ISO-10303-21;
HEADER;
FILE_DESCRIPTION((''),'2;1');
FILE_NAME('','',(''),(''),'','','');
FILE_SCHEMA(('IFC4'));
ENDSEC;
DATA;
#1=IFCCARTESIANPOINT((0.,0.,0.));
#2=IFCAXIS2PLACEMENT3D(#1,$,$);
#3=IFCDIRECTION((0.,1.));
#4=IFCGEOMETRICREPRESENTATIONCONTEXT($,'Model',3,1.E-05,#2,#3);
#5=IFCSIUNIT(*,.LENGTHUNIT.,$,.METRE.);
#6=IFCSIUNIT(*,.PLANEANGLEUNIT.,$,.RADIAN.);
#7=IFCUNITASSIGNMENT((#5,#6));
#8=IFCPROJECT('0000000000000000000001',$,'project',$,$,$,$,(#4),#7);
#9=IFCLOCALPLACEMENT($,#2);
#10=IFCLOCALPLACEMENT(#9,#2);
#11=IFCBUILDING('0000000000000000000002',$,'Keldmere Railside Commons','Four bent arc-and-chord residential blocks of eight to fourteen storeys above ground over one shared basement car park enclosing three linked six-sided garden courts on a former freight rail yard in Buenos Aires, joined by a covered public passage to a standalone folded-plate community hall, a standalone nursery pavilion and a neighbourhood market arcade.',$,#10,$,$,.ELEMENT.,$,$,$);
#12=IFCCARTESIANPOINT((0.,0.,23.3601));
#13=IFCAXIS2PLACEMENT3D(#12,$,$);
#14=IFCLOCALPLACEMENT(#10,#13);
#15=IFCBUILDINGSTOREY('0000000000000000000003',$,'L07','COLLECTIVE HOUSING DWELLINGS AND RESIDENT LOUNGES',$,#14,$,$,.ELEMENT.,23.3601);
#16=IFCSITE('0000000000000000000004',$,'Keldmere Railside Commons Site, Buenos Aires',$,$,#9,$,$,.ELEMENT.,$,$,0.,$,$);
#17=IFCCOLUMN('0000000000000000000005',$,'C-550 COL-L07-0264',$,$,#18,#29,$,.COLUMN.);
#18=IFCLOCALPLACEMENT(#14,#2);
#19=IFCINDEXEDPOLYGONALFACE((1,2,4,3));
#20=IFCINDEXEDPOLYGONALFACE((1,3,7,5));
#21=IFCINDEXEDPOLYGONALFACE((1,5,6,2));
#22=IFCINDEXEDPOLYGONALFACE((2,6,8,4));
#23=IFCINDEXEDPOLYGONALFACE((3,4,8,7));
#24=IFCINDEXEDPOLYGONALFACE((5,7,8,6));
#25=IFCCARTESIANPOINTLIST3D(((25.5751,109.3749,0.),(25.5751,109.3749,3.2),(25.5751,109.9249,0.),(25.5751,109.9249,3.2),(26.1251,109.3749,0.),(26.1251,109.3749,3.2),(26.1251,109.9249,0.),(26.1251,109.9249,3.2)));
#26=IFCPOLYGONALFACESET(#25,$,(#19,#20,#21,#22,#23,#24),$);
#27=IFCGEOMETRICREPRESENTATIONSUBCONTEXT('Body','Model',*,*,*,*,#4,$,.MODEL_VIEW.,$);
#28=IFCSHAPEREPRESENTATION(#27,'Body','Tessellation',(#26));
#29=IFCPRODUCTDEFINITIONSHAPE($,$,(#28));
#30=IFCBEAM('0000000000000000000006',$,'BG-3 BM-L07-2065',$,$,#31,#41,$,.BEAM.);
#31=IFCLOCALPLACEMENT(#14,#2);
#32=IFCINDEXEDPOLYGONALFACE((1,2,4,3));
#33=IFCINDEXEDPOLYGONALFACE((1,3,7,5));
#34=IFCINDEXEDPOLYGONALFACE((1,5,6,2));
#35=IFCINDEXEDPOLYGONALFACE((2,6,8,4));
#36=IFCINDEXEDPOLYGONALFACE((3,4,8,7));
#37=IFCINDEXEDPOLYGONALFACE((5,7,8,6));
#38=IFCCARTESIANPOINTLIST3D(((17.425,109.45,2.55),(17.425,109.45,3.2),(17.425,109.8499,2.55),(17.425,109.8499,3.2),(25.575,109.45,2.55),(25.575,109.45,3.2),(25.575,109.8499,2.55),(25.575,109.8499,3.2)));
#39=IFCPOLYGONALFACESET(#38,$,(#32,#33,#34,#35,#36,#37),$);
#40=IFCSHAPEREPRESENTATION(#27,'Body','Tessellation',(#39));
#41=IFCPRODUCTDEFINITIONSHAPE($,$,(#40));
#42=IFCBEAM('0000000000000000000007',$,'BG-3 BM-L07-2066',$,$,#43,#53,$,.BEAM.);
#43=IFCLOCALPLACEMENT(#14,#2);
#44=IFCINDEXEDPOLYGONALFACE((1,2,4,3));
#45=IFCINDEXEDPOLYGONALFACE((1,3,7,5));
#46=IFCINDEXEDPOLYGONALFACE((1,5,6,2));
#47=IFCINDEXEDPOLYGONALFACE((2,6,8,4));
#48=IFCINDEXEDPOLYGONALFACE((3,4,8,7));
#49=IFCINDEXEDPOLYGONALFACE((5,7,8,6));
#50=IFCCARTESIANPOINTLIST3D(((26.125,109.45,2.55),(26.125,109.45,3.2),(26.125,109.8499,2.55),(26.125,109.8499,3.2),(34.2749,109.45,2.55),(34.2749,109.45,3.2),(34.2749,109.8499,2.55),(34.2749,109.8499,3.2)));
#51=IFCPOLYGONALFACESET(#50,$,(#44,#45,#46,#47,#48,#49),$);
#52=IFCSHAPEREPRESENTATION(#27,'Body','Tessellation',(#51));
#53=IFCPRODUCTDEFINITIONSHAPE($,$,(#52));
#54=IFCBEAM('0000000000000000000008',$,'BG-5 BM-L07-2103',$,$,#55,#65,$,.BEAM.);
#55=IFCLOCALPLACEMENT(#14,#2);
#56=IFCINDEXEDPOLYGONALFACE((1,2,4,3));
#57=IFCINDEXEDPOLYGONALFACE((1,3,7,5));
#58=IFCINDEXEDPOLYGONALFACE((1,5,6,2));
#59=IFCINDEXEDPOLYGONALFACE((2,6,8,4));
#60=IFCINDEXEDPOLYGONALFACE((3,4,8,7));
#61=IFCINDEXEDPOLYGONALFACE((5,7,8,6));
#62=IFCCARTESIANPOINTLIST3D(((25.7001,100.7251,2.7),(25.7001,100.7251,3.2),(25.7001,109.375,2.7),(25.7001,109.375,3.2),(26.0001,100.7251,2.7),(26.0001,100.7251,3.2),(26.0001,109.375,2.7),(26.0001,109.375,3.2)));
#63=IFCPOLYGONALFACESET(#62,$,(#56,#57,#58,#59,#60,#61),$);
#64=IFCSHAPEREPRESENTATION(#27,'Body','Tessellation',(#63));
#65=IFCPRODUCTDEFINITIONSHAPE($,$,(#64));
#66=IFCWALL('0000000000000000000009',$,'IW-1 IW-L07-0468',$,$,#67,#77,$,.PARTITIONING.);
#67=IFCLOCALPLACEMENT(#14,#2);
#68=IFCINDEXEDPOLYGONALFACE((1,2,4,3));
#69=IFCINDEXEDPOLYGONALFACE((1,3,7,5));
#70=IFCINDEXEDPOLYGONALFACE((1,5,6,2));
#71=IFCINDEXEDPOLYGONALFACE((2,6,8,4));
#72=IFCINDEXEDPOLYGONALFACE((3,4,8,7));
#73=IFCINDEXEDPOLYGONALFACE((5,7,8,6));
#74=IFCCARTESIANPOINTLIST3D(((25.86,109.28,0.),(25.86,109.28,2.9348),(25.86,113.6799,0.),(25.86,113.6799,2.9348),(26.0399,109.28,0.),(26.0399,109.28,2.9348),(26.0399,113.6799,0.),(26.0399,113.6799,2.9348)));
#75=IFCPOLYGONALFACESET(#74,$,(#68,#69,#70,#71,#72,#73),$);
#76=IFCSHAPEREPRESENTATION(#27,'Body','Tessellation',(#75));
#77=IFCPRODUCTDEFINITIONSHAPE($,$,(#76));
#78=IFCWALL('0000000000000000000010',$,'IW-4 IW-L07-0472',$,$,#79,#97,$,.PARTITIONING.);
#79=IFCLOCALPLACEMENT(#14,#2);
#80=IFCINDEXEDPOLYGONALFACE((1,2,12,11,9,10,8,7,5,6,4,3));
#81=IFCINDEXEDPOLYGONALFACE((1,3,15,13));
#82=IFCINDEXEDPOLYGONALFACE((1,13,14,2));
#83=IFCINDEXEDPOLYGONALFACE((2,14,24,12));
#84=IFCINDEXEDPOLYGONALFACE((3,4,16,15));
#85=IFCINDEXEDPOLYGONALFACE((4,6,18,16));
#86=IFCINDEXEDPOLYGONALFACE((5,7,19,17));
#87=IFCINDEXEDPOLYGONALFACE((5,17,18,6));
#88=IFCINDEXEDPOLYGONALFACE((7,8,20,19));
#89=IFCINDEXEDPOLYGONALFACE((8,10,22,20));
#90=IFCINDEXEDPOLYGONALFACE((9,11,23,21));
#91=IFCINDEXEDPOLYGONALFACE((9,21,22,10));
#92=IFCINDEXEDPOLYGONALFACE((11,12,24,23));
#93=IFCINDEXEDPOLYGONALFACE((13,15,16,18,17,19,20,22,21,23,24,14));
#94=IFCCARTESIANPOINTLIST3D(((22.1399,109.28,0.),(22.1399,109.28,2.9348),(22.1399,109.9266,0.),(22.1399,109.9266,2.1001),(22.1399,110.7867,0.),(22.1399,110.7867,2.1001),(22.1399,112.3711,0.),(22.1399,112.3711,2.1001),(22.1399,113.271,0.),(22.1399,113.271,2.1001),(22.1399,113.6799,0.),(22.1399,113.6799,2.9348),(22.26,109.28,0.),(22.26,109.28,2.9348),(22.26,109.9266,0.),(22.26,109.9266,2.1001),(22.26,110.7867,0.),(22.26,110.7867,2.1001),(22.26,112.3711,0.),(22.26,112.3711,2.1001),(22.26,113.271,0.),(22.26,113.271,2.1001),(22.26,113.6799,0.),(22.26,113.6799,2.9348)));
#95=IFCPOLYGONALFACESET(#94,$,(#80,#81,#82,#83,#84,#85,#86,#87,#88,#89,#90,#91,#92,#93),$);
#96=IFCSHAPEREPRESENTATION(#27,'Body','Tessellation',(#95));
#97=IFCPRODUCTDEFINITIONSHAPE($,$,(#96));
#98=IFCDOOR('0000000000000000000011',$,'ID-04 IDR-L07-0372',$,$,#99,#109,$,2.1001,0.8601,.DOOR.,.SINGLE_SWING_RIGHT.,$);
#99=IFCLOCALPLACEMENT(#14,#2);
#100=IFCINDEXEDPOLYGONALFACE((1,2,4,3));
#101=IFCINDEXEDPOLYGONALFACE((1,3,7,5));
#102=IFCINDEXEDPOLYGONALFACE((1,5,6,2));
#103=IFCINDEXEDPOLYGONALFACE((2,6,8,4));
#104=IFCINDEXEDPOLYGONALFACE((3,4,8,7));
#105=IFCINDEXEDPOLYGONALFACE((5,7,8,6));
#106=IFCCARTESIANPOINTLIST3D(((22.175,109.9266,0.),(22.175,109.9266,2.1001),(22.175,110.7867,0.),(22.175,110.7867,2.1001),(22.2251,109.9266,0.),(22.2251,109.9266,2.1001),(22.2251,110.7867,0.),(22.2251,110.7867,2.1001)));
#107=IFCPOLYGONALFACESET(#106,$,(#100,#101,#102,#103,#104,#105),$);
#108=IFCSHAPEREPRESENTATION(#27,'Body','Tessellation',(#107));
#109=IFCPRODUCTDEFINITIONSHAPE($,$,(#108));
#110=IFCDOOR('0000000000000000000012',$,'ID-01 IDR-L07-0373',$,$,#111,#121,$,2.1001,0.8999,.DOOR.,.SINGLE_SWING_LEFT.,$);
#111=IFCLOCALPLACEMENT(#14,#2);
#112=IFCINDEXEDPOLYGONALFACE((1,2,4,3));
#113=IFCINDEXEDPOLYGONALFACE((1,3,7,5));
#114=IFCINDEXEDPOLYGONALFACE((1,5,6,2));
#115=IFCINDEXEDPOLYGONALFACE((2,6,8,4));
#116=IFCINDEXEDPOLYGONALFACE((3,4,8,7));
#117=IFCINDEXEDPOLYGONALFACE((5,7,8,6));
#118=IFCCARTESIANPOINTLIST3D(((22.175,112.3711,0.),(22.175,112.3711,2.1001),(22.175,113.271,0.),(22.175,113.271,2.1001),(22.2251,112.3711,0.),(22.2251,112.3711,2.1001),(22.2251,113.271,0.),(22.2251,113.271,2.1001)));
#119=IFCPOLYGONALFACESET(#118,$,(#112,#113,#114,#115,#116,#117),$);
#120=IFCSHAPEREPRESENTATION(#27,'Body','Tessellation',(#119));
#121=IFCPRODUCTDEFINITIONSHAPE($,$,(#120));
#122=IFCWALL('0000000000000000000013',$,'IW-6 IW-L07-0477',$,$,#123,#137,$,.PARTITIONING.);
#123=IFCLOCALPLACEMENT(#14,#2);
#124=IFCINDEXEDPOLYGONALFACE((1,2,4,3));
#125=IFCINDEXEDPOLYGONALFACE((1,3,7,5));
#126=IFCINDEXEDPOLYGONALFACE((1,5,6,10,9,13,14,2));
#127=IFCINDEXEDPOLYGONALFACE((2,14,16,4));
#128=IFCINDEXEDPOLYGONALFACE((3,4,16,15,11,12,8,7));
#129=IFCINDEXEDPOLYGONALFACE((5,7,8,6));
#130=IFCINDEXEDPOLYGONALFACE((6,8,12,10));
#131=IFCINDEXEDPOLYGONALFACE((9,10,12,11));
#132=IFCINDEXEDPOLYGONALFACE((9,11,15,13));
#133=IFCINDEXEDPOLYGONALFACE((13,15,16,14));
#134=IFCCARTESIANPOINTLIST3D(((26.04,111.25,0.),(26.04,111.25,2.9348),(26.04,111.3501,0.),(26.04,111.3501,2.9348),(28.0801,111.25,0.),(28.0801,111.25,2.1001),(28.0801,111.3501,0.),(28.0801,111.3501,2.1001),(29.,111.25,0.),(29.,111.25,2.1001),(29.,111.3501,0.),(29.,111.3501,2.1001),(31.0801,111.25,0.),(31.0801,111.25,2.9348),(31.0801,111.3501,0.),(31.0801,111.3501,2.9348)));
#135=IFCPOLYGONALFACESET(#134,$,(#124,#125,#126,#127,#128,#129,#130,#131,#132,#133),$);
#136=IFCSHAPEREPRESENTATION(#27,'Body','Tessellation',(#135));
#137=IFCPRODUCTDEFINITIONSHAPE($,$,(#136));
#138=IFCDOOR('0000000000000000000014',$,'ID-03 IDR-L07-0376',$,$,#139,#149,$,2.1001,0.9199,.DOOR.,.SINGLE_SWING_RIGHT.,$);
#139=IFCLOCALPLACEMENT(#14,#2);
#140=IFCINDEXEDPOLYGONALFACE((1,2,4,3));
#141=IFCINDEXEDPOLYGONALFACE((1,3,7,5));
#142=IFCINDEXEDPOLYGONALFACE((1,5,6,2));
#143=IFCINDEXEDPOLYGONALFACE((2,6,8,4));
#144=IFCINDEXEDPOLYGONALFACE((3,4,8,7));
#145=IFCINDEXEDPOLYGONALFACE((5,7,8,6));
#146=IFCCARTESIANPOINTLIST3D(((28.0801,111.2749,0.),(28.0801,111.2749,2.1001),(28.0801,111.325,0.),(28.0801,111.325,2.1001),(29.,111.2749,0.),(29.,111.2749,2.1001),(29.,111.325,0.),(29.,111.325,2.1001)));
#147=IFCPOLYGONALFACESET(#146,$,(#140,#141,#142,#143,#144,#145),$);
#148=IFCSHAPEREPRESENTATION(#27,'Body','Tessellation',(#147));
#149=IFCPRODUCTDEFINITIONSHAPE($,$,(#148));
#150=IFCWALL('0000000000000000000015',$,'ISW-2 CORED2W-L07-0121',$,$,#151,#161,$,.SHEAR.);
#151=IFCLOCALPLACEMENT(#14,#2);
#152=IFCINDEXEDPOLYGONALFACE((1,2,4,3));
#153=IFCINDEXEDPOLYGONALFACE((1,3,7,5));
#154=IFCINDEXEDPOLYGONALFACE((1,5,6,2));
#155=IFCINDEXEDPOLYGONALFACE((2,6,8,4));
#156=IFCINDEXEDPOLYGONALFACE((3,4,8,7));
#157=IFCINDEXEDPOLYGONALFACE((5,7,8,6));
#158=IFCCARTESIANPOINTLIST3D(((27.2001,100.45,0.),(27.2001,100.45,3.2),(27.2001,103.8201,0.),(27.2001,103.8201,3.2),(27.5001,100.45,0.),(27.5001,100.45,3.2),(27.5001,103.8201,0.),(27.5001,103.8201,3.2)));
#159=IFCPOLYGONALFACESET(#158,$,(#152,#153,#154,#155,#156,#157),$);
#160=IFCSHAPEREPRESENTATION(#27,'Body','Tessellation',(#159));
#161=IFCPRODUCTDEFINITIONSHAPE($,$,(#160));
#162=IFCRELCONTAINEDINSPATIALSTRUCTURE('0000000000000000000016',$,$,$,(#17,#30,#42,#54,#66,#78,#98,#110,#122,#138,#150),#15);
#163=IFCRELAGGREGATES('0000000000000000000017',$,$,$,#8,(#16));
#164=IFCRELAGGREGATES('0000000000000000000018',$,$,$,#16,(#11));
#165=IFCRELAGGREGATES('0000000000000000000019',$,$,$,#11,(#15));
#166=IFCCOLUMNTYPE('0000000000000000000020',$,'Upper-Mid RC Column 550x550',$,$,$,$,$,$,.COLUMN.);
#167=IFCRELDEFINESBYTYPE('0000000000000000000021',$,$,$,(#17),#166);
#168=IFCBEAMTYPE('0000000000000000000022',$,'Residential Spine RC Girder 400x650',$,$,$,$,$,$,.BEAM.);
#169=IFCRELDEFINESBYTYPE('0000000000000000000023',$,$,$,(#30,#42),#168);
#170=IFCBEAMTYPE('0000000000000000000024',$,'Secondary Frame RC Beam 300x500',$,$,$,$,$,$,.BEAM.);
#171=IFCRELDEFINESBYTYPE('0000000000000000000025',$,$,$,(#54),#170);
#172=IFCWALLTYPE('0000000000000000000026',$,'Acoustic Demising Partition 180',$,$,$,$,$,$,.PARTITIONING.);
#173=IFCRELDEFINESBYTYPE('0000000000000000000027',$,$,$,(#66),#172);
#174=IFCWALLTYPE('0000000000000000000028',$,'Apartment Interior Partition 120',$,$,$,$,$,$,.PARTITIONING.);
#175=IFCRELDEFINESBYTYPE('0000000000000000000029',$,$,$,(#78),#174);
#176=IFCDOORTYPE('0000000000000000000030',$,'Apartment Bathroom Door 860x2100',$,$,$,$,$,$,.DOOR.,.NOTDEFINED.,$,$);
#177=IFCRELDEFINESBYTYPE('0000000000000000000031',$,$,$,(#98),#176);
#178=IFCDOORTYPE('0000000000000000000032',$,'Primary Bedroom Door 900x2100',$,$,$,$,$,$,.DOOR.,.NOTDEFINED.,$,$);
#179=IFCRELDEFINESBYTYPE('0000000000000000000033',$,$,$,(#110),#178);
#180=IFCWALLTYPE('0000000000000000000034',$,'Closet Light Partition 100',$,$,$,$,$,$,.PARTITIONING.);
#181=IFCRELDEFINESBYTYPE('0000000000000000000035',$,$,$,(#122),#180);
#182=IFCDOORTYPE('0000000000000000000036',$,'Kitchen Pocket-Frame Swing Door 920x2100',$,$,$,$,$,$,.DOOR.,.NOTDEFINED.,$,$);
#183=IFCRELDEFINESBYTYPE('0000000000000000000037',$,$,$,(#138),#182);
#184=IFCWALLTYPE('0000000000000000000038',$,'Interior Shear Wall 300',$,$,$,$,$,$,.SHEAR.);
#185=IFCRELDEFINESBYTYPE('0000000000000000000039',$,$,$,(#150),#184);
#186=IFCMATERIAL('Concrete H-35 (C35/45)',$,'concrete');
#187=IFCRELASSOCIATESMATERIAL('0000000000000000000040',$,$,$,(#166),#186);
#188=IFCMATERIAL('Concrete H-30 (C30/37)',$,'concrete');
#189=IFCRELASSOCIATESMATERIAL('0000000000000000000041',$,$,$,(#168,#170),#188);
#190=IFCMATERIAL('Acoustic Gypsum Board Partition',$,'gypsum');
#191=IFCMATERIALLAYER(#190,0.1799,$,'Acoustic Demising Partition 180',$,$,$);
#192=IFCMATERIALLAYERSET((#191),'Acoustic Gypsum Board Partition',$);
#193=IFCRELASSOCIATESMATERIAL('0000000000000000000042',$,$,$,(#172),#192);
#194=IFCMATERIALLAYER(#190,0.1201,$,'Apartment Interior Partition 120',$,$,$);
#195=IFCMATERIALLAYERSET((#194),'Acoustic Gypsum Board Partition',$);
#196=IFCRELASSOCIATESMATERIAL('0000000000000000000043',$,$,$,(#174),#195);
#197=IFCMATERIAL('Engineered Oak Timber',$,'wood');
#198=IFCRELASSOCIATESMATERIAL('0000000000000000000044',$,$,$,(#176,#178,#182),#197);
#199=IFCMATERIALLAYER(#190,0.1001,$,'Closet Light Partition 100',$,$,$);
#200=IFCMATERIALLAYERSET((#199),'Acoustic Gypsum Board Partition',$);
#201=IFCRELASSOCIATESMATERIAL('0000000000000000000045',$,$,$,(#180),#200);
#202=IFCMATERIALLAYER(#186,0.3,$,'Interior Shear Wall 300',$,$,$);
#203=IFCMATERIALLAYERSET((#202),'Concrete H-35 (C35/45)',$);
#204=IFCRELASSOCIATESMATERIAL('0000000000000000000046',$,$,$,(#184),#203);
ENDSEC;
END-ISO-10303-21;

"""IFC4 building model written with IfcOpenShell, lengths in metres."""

from ifc_helpers import new_model, si_unit, direction, frame, frame_2d, origin, origin_2d, place, context, subcontext, project, spatial, rectangle, extrude, material, layer, layer_set, material_profile, profile_set, type_object, element, fill, save


model = new_model("IFC4")

# Units and contexts
model_context = context("Model", 3, precision=1e-05, world=origin(), true_north=direction((0.0, 1.0)))
body_context = subcontext(model_context, "Body", "Model", "MODEL_VIEW")
ifc_project = project(units=[si_unit("LENGTHUNIT", "METRE"), si_unit("PLANEANGLEUNIT", "RADIAN")], contexts=[model_context])

# Site, building, storey
site_placement = place(None, origin())
site = spatial("IfcSite", under=ifc_project, at=site_placement, Name="Keldmere Railside Commons Site, Buenos Aires", CompositionType="ELEMENT", RefElevation=0.0)
building_placement = place(site_placement, origin())
building = spatial("IfcBuilding", under=site, at=building_placement, Name="Keldmere Railside Commons", Description="Four bent arc-and-chord residential blocks of eight to fourteen storeys above ground over one shared basement car park enclosing three linked six-sided garden courts on a former freight rail yard in Buenos Aires, joined by a covered public passage to a standalone folded-plate community hall, a standalone nursery pavilion and a neighbourhood market arcade.", CompositionType="ELEMENT")
storey_placement = place(building_placement, frame((0.0, 0.0, 23.3601)))
storey = spatial("IfcBuildingStorey", under=building, at=storey_placement, Name="L07", Description="COLLECTIVE HOUSING DWELLINGS AND RESIDENT LOUNGES", CompositionType="ELEMENT", Elevation=23.3601)

# Column
ifc_material_1 = material(Name="Concrete H-35 (C35/45)", Category="concrete")
ifc_material_profile_1 = material_profile(ifc_material_1, rectangle(XDim=0.55, YDim=0.55, at=origin_2d()), Name="RC-550x550")
ifc_profile_set_1 = profile_set([ifc_material_profile_1], Name="Concrete H-35 (C35/45)")
column_type = type_object("IfcColumnType", Name="Upper-Mid RC Column 550x550", PredefinedType="COLUMN", material=ifc_profile_set_1)
column_placement = place(storey_placement, frame((25.8501, 109.6499, 0.0), z_axis=(0.0, 0.0, 1.0), x_axis=(1.0, 0.0, 0.0)))
element("IfcColumn", 1, at=column_placement, inside=storey, type_object=column_type, Name="C-550 COL-L07-0264", PredefinedType="COLUMN", context=body_context, shape_type="SweptSolid", body=[
    extrude(rectangle(XDim=0.55, YDim=0.55, at=origin_2d()), origin(), (0.0, 0.0, 1.0), 3.2),
])

# Beams
ifc_material_2 = material(Name="Concrete H-30 (C30/37)", Category="concrete")
ifc_material_profile_2 = material_profile(ifc_material_2, rectangle(XDim=0.3999, YDim=0.6499, at=origin_2d()), Name="RC-400x650")
ifc_profile_set_2 = profile_set([ifc_material_profile_2], Name="Concrete H-30 (C30/37)")
beam_type_1 = type_object("IfcBeamType", Name="Residential Spine RC Girder 400x650", PredefinedType="BEAM", material=ifc_profile_set_2)
for number, where, z_axis, x_axis, name in (
    (2, (17.425, 109.6499, 2.875), (1.0, 0.0, 0.0), (0.0, 1.0, 0.0), "BG-3 BM-L07-2065"),
    (3, (26.125, 109.6499, 2.875), (1.0, 0.0, 0.0), (0.0, 1.0, 0.0), "BG-3 BM-L07-2066"),
):
    element("IfcBeam", number, at=place(storey_placement, frame(where, z_axis=z_axis, x_axis=x_axis)), inside=storey, type_object=beam_type_1, Name=name, PredefinedType="BEAM", context=body_context, shape_type="SweptSolid", body=[
        extrude(rectangle(XDim=0.3999, YDim=0.6499, at=origin_2d()), origin(), (0.0, 0.0, 1.0), 8.1499),
    ])
ifc_material_profile_3 = material_profile(ifc_material_2, rectangle(XDim=0.3, YDim=0.5, at=origin_2d()), Name="RC-300x500")
ifc_profile_set_3 = profile_set([ifc_material_profile_3], Name="Concrete H-30 (C30/37)")
beam_type_2 = type_object("IfcBeamType", Name="Secondary Frame RC Beam 300x500", PredefinedType="BEAM", material=ifc_profile_set_3)
beam_placement = place(storey_placement, frame((25.8501, 100.7251, 2.95), z_axis=(0.0, 1.0, 0.0), x_axis=(-1.0, 0.0, 0.0)))
element("IfcBeam", 4, at=beam_placement, inside=storey, type_object=beam_type_2, Name="BG-5 BM-L07-2103", PredefinedType="BEAM", context=body_context, shape_type="SweptSolid", body=[
    extrude(rectangle(XDim=0.3, YDim=0.5, at=origin_2d()), origin(), (0.0, 0.0, 1.0), 8.6499),
])

# Wall
ifc_material_3 = material(Name="Acoustic Gypsum Board Partition", Category="gypsum")
ifc_layer_1 = layer(ifc_material_3, 0.1799, Name="Acoustic Demising Partition 180")
ifc_layer_set_1 = layer_set([ifc_layer_1], Name="Acoustic Gypsum Board Partition")
wall_type_1 = type_object("IfcWallType", Name="Acoustic Demising Partition 180", PredefinedType="PARTITIONING", material=ifc_layer_set_1)
wall_1_placement = place(storey_placement, frame((25.95, 109.28, 0.0), z_axis=(0.0, 0.0, 1.0), x_axis=(0.0, 1.0, 0.0)))
element("IfcWall", 5, at=wall_1_placement, inside=storey, type_object=wall_type_1, Name="IW-1 IW-L07-0468", PredefinedType="PARTITIONING", context=body_context, shape_type="SweptSolid", body=[
    extrude(rectangle(XDim=4.3999, YDim=0.1799, at=frame_2d((2.2, 0.0))), origin(), (0.0, 0.0, 1.0), 2.9348),
])

# Wall, openings, doors
ifc_layer_2 = layer(ifc_material_3, 0.1201, Name="Apartment Interior Partition 120")
ifc_layer_set_2 = layer_set([ifc_layer_2], Name="Acoustic Gypsum Board Partition")
wall_type_2 = type_object("IfcWallType", Name="Apartment Interior Partition 120", PredefinedType="PARTITIONING", material=ifc_layer_set_2)
wall_2_placement = place(storey_placement, frame((22.2, 109.28, 0.0), z_axis=(0.0, 0.0, 1.0), x_axis=(0.0, 1.0, 0.0)))
wall_2 = element("IfcWall", 6, at=wall_2_placement, inside=storey, type_object=wall_type_2, Name="IW-4 IW-L07-0472", PredefinedType="PARTITIONING", context=body_context, shape_type="SweptSolid", body=[
    extrude(rectangle(XDim=4.3999, YDim=0.1201, at=frame_2d((2.2, 0.0))), origin(), (0.0, 0.0, 1.0), 2.9348),
])
opening_1_placement = place(wall_2_placement, frame((0.6465, 0.0, 0.0)))
opening_1 = element("IfcOpeningElement", 7, at=opening_1_placement, cuts=wall_2, PredefinedType="OPENING", context=body_context, shape_type="SweptSolid", body=[
    extrude(rectangle(XDim=0.8601, YDim=2.1001, at=frame_2d((0.4302, 1.05))), frame((0.0, 0.0701, 0.0), z_axis=(0.0, -1.0, 0.0), x_axis=(1.0, 0.0, 0.0)), (0.0, 0.0, 1.0), 0.1401),
])
opening_2_placement = place(wall_2_placement, frame((3.0911, 0.0, 0.0)))
opening_2 = element("IfcOpeningElement", 8, at=opening_2_placement, cuts=wall_2, PredefinedType="OPENING", context=body_context, shape_type="SweptSolid", body=[
    extrude(rectangle(XDim=0.8999, YDim=2.1001, at=frame_2d((0.45, 1.05))), frame((0.0, 0.0701, 0.0), z_axis=(0.0, -1.0, 0.0), x_axis=(1.0, 0.0, 0.0)), (0.0, 0.0, 1.0), 0.1401),
])
ifc_material_4 = material(Name="Engineered Oak Timber", Category="wood")
door_type_1 = type_object("IfcDoorType", Name="Apartment Bathroom Door 860x2100", OperationType="NOTDEFINED", PredefinedType="DOOR", material=ifc_material_4)
door_1_placement = place(opening_1_placement, origin())
door_1 = element("IfcDoor", 9, at=door_1_placement, inside=storey, type_object=door_type_1, Name="ID-04 IDR-L07-0372", OperationType="SINGLE_SWING_RIGHT", OverallHeight=2.1001, OverallWidth=0.8601, PredefinedType="DOOR", context=body_context, shape_type="SweptSolid", body=[
    extrude(rectangle(XDim=0.8601, YDim=2.1001, at=frame_2d((0.4302, 1.05))), frame((0.0, 0.0249, 0.0), z_axis=(0.0, -1.0, 0.0), x_axis=(1.0, 0.0, 0.0)), (0.0, 0.0, 1.0), 0.05),
])
fill(opening_1, door_1)
door_type_2 = type_object("IfcDoorType", Name="Primary Bedroom Door 900x2100", OperationType="NOTDEFINED", PredefinedType="DOOR", material=ifc_material_4)
door_2_placement = place(opening_2_placement, origin())
door_2 = element("IfcDoor", 10, at=door_2_placement, inside=storey, type_object=door_type_2, Name="ID-01 IDR-L07-0373", OperationType="SINGLE_SWING_LEFT", OverallHeight=2.1001, OverallWidth=0.8999, PredefinedType="DOOR", context=body_context, shape_type="SweptSolid", body=[
    extrude(rectangle(XDim=0.8999, YDim=2.1001, at=frame_2d((0.45, 1.05))), frame((0.0, 0.0249, 0.0), z_axis=(0.0, -1.0, 0.0), x_axis=(1.0, 0.0, 0.0)), (0.0, 0.0, 1.0), 0.05),
])
fill(opening_2, door_2)

# Wall, opening, door
ifc_layer_3 = layer(ifc_material_3, 0.1001, Name="Closet Light Partition 100")
ifc_layer_set_3 = layer_set([ifc_layer_3], Name="Acoustic Gypsum Board Partition")
wall_type_3 = type_object("IfcWallType", Name="Closet Light Partition 100", PredefinedType="PARTITIONING", material=ifc_layer_set_3)
wall_3_placement = place(storey_placement, frame((26.04, 111.3, 0.0), z_axis=(0.0, 0.0, 1.0), x_axis=(1.0, 0.0, 0.0)))
wall_3 = element("IfcWall", 11, at=wall_3_placement, inside=storey, type_object=wall_type_3, Name="IW-6 IW-L07-0477", PredefinedType="PARTITIONING", context=body_context, shape_type="SweptSolid", body=[
    extrude(rectangle(XDim=5.04, YDim=0.1001, at=frame_2d((2.52, 0.0))), origin(), (0.0, 0.0, 1.0), 2.9348),
])
opening_3_placement = place(wall_3_placement, frame((2.04, 0.0, 0.0)))
opening_3 = element("IfcOpeningElement", 12, at=opening_3_placement, cuts=wall_3, PredefinedType="OPENING", context=body_context, shape_type="SweptSolid", body=[
    extrude(rectangle(XDim=0.9199, YDim=2.1001, at=frame_2d((0.46, 1.05))), frame((0.0, 0.0601, 0.0), z_axis=(0.0, -1.0, 0.0), x_axis=(1.0, 0.0, 0.0)), (0.0, 0.0, 1.0), 0.1201),
])
door_type_3 = type_object("IfcDoorType", Name="Kitchen Pocket-Frame Swing Door 920x2100", OperationType="NOTDEFINED", PredefinedType="DOOR", material=ifc_material_4)
door_3_placement = place(opening_3_placement, origin())
door_3 = element("IfcDoor", 13, at=door_3_placement, inside=storey, type_object=door_type_3, Name="ID-03 IDR-L07-0376", OperationType="SINGLE_SWING_RIGHT", OverallHeight=2.1001, OverallWidth=0.9199, PredefinedType="DOOR", context=body_context, shape_type="SweptSolid", body=[
    extrude(rectangle(XDim=0.9199, YDim=2.1001, at=frame_2d((0.46, 1.05))), frame((0.0, 0.0249, 0.0), z_axis=(0.0, -1.0, 0.0), x_axis=(1.0, 0.0, 0.0)), (0.0, 0.0, 1.0), 0.05),
])
fill(opening_3, door_3)

# Wall
ifc_layer_4 = layer(ifc_material_1, 0.3, Name="Interior Shear Wall 300")
ifc_layer_set_4 = layer_set([ifc_layer_4], Name="Concrete H-35 (C35/45)")
wall_type_4 = type_object("IfcWallType", Name="Interior Shear Wall 300", PredefinedType="SHEAR", material=ifc_layer_set_4)
wall_4_placement = place(storey_placement, frame((27.3501, 103.8201, 0.0), z_axis=(0.0, 0.0, 1.0), x_axis=(0.0, -1.0, 0.0)))
element("IfcWall", 14, at=wall_4_placement, inside=storey, type_object=wall_type_4, Name="ISW-2 CORED2W-L07-0121", PredefinedType="SHEAR", context=body_context, shape_type="SweptSolid", body=[
    extrude(rectangle(XDim=3.3701, YDim=0.3, at=frame_2d((1.6851, 0.0))), origin(), (0.0, 0.0, 1.0), 3.2),
])

save(model, "model.ifc")
